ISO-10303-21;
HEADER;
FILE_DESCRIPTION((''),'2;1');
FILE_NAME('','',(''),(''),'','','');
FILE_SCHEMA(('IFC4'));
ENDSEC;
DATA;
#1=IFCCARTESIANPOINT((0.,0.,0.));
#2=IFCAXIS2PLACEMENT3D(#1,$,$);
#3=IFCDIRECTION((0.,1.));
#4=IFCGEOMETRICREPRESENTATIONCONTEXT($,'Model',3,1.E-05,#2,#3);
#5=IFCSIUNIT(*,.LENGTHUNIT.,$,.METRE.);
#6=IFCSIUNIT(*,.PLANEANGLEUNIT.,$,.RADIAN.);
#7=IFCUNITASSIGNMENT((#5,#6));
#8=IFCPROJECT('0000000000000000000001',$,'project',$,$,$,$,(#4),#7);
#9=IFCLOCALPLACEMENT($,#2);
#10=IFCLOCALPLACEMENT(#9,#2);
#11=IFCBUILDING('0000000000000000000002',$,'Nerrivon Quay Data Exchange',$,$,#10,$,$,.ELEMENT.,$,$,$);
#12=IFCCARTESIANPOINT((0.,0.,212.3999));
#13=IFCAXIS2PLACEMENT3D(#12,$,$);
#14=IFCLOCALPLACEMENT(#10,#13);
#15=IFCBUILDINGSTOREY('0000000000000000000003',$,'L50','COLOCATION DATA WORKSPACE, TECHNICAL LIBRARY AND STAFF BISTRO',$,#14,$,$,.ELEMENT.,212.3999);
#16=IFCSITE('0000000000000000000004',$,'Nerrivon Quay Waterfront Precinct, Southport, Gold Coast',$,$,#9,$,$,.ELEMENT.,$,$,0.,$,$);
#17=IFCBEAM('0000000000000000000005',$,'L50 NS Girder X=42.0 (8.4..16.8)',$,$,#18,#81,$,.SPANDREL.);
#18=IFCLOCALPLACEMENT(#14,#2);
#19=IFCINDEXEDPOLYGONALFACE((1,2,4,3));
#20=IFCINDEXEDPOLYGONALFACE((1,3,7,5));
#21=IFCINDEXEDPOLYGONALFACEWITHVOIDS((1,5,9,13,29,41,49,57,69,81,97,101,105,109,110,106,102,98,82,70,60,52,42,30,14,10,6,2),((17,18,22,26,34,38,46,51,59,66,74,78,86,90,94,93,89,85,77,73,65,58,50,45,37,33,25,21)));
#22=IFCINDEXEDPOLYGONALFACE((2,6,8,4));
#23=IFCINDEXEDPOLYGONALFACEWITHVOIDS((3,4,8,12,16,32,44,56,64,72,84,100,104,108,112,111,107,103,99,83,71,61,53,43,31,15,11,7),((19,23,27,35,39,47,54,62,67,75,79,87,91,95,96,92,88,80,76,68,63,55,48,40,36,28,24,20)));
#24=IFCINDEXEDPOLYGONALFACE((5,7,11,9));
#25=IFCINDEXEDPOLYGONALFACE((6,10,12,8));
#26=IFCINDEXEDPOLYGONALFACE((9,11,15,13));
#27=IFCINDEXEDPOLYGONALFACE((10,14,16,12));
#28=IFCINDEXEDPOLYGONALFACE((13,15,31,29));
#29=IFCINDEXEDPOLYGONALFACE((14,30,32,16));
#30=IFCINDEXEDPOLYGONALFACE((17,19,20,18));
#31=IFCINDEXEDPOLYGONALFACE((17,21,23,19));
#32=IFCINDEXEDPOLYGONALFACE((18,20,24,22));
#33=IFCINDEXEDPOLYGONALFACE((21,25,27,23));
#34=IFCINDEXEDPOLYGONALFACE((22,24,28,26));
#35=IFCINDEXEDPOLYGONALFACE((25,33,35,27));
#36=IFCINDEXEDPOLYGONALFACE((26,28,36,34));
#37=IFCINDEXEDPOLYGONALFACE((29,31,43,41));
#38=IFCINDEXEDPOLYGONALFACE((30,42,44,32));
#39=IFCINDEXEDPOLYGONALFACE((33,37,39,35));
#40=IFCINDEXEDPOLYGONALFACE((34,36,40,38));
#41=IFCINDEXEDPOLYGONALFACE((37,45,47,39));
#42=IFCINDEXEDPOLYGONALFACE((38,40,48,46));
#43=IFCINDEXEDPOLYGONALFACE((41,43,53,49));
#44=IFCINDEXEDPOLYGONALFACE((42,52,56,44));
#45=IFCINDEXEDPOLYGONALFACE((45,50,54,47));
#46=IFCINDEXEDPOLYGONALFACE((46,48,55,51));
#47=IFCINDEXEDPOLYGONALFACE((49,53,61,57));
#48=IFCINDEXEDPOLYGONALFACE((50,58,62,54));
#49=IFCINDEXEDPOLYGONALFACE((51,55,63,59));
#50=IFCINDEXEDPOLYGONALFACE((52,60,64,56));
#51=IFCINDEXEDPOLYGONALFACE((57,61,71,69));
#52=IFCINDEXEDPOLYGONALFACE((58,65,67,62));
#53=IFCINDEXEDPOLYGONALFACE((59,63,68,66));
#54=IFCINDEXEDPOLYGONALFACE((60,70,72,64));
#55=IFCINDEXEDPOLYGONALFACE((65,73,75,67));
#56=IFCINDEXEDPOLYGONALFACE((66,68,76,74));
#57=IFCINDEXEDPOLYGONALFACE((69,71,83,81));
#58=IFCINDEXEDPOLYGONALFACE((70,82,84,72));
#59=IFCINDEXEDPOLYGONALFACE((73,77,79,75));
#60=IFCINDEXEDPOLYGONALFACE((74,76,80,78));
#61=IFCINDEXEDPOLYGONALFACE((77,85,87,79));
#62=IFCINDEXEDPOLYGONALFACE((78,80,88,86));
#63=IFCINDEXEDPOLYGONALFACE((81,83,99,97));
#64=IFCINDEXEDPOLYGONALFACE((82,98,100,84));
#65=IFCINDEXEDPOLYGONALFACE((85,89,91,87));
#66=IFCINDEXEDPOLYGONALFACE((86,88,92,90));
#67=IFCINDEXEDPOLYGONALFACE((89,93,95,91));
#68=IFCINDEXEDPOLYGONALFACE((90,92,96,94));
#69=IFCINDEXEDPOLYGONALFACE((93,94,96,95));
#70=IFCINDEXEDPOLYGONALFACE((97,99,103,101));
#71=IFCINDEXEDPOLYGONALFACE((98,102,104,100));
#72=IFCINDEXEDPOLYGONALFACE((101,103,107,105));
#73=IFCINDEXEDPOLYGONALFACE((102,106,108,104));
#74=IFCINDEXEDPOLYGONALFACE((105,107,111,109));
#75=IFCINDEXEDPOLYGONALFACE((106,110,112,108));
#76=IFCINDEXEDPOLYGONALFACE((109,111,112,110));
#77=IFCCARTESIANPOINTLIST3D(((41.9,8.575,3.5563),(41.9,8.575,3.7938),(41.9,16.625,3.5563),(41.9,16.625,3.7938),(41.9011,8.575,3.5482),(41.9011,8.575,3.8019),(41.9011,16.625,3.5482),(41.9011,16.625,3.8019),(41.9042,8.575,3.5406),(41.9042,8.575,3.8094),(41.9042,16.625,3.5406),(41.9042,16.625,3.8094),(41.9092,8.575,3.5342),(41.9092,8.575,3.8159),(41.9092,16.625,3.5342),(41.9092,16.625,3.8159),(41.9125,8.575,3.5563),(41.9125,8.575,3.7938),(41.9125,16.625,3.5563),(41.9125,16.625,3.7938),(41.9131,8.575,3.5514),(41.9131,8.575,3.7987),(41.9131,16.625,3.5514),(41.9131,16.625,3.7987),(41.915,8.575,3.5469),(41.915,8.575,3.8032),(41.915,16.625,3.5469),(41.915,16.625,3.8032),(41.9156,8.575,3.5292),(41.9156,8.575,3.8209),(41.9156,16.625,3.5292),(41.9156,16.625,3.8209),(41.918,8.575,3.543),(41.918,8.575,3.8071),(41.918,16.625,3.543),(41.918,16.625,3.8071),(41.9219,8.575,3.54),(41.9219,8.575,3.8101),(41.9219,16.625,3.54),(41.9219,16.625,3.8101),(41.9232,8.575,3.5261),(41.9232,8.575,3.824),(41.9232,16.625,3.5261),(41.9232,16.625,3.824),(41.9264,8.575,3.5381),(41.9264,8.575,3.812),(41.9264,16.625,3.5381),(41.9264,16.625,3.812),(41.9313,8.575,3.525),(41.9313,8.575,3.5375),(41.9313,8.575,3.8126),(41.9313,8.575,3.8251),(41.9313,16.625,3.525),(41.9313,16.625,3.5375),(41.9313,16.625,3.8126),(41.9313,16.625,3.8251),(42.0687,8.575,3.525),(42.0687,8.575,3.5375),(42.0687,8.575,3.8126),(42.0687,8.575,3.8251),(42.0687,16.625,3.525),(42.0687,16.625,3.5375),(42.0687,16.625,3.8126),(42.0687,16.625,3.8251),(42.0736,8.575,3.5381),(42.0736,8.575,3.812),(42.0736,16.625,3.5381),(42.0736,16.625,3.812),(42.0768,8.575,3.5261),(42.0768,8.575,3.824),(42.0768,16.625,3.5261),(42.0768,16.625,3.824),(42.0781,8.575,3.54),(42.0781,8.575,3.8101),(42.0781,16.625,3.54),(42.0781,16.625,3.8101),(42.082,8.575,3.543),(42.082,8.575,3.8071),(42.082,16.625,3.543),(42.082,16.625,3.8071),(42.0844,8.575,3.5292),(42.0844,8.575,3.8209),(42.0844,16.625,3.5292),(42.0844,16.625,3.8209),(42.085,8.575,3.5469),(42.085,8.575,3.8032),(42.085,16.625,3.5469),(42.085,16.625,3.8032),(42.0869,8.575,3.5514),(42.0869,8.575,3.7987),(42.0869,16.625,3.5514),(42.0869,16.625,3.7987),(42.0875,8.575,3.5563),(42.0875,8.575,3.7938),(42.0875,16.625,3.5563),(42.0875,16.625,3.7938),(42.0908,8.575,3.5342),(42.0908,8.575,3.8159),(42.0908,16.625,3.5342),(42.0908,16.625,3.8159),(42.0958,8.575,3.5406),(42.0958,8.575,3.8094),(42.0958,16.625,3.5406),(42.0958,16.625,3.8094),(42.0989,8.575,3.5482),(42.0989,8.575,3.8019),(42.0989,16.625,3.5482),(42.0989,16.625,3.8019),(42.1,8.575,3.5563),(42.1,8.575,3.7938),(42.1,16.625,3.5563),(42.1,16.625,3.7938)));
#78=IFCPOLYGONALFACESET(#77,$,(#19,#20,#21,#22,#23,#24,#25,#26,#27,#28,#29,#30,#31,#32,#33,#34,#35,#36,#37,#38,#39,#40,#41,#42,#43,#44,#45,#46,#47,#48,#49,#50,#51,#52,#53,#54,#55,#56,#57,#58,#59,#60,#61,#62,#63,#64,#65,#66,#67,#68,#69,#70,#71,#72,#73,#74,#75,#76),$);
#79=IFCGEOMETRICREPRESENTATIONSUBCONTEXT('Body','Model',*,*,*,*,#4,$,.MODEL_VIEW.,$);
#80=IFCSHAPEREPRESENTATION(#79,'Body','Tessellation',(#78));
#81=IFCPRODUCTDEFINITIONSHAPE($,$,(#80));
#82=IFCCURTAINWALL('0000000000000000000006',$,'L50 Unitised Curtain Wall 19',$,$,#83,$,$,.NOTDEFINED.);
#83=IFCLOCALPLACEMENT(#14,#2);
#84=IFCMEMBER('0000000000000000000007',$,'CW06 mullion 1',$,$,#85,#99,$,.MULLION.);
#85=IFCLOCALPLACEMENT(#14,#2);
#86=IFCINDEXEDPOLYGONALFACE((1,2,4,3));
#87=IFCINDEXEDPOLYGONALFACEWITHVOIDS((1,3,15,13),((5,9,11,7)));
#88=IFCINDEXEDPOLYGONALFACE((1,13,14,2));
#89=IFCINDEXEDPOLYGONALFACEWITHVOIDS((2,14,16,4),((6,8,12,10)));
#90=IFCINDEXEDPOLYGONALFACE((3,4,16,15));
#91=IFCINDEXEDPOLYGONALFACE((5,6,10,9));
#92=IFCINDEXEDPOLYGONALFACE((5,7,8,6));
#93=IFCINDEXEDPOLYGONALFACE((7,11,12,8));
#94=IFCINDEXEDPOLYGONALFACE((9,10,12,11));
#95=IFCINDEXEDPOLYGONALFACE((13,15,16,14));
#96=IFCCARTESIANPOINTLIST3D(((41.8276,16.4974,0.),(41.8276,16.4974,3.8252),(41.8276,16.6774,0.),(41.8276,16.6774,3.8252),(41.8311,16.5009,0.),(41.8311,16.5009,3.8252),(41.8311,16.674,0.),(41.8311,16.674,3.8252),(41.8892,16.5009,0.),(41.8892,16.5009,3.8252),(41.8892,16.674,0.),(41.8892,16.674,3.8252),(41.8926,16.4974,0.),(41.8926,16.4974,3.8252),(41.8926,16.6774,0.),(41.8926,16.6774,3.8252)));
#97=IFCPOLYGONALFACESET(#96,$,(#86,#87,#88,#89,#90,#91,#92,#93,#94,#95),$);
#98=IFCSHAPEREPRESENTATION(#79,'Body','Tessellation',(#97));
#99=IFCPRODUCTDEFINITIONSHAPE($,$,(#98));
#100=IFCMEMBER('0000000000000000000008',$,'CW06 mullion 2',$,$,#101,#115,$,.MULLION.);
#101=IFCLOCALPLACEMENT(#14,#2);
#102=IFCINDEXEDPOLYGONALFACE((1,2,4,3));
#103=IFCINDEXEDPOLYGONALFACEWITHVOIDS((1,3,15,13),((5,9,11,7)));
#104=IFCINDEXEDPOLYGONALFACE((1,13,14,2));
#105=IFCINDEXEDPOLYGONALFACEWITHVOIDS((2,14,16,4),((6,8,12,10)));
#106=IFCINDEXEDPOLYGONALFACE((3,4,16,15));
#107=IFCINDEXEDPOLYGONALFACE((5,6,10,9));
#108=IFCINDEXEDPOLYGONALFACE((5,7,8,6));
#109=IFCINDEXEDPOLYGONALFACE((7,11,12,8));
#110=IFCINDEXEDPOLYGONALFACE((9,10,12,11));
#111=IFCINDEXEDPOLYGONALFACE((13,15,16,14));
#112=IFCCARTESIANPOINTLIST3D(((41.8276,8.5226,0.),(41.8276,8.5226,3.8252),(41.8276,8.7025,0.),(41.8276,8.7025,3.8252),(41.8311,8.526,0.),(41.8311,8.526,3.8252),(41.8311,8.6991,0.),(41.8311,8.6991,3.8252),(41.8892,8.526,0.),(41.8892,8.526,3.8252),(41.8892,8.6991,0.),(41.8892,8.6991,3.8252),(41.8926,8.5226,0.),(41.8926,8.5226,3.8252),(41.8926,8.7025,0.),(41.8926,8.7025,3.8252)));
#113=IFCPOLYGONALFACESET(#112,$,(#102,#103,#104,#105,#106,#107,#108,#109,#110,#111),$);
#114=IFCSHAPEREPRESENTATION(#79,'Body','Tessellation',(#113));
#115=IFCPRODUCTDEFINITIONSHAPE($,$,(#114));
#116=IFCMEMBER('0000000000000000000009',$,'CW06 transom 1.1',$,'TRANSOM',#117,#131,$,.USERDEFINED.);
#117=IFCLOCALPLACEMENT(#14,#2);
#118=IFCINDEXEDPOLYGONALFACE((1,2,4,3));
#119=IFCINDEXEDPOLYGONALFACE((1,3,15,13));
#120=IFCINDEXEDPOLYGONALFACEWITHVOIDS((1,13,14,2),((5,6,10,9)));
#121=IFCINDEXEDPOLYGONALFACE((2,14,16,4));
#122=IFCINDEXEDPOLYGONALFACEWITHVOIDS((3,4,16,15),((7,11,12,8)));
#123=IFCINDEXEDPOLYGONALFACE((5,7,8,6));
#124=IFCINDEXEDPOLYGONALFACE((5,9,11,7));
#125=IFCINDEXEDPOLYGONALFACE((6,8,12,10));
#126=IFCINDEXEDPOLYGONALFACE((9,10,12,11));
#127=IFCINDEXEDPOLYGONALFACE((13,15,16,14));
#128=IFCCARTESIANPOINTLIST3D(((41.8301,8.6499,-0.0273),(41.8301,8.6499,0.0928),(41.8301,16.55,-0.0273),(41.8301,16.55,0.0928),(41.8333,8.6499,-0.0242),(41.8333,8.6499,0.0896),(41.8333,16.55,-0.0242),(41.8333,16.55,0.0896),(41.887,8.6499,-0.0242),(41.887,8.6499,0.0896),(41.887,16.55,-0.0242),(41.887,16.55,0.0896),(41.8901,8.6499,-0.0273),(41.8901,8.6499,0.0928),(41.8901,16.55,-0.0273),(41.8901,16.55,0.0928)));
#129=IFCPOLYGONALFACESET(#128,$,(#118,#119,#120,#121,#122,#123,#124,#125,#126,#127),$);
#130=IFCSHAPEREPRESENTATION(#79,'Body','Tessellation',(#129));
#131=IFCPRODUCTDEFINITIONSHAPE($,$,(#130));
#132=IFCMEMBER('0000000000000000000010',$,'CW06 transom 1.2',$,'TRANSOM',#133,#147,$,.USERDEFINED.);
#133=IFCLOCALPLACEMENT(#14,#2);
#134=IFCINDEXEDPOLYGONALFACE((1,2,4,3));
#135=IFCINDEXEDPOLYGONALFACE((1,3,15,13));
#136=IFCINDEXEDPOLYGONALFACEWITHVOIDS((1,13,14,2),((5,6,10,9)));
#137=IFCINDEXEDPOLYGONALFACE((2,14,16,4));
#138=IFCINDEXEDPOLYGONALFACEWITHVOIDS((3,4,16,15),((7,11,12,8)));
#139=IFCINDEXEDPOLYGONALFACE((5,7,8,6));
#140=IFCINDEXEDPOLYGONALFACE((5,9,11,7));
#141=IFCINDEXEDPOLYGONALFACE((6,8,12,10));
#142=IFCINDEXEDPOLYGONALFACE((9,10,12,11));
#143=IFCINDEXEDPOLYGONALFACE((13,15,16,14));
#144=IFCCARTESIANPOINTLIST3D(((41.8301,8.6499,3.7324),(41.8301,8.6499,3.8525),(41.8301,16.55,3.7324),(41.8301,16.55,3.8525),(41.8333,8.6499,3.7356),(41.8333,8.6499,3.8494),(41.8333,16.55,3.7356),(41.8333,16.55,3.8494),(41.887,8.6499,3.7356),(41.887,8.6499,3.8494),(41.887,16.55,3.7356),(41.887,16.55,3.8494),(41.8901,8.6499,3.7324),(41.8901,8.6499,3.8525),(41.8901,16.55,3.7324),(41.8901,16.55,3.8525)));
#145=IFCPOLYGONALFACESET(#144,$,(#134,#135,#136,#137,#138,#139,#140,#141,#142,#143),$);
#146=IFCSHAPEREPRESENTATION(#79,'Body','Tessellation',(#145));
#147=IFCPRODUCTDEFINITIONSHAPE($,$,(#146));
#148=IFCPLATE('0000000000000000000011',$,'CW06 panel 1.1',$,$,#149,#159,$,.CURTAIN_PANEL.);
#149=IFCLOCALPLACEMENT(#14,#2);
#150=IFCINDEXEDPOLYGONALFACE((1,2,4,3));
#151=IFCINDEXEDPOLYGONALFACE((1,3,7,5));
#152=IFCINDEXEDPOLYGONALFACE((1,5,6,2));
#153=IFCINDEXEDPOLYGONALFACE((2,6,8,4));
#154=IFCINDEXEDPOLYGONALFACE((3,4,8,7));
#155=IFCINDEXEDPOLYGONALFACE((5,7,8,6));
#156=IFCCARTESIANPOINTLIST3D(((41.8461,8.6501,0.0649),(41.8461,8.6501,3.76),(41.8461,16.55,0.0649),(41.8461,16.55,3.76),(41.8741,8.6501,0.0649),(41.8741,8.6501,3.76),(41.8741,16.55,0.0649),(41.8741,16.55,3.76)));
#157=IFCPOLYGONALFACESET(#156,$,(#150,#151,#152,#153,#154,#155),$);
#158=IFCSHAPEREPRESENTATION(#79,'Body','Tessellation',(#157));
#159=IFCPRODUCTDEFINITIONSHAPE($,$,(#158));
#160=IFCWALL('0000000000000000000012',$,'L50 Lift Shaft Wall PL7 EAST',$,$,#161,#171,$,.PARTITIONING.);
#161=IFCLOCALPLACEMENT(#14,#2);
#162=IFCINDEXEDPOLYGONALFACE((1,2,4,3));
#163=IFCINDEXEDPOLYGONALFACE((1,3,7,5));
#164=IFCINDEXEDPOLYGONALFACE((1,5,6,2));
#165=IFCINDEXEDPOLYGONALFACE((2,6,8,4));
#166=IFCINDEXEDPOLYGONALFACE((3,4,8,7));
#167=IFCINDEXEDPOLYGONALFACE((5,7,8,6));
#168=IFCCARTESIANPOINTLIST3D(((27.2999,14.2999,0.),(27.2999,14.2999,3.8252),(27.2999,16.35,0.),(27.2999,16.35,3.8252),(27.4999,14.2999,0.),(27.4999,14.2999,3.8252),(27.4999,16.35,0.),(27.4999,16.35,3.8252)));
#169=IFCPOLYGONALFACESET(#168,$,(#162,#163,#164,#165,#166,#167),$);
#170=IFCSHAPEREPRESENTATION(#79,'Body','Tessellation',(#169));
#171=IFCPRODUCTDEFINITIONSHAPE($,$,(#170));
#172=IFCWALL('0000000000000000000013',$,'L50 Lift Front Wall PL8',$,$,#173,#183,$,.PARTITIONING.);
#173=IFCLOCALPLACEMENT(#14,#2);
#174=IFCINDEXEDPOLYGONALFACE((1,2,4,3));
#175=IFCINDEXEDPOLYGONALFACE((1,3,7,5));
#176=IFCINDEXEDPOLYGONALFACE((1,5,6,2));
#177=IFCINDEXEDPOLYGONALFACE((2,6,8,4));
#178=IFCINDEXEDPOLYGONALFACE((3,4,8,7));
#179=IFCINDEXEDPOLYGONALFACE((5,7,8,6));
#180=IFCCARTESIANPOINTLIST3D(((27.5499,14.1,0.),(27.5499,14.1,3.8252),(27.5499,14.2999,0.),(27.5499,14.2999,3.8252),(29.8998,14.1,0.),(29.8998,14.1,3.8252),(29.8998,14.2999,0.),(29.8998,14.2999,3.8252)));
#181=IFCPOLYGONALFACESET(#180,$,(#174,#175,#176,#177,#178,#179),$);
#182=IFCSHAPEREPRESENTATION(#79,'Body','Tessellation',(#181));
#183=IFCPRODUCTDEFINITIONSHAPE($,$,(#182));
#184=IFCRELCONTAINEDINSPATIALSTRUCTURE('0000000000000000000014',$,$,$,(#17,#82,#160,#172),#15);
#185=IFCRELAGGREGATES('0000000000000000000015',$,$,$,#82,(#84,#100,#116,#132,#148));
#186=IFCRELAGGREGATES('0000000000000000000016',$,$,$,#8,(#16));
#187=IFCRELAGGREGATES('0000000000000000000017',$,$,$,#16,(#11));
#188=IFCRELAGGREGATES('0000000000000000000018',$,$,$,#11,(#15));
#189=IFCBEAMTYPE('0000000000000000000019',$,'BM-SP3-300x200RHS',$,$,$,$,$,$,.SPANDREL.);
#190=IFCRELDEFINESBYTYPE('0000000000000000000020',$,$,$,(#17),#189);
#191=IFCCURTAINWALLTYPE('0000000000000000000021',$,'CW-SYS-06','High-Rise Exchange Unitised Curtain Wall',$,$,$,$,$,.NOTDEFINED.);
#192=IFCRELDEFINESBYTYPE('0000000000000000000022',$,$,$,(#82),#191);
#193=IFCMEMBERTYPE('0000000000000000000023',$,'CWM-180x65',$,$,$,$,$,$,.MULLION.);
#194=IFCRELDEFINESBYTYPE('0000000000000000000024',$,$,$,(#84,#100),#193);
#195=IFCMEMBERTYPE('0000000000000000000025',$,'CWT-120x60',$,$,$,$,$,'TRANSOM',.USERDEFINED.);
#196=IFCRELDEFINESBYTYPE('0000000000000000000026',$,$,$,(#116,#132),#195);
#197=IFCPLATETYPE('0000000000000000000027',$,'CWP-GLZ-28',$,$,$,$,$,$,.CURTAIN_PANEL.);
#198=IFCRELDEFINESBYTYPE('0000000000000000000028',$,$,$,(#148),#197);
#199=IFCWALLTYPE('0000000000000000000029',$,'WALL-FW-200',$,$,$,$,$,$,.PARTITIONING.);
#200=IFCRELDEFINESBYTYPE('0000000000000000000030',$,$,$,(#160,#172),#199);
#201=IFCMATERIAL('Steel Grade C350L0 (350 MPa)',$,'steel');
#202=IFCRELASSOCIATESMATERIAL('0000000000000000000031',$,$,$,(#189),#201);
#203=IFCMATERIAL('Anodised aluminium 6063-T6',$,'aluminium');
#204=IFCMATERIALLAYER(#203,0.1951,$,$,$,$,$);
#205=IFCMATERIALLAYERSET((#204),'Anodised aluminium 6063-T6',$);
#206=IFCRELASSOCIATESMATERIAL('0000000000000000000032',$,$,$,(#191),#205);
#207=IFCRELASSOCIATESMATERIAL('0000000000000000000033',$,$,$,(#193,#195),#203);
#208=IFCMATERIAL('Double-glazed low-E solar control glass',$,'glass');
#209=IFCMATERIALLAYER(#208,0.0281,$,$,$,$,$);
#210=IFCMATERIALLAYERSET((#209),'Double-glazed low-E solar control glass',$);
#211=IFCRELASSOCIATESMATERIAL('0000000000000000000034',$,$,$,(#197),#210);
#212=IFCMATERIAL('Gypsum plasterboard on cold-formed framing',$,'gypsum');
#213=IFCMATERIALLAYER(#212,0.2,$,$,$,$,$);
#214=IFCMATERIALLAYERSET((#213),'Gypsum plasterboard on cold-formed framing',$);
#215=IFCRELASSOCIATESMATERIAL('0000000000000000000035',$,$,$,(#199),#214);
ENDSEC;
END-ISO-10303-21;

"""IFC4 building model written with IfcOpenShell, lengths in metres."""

from ifc_helpers import new_model, si_unit, direction, frame, frame_2d, origin, origin_2d, place, context, subcontext, project, spatial, rectangle, hollow_rectangle, extrude, material, layer, layer_set, material_profile, profile_set, type_object, element, aggregate, save


model = new_model("IFC4")

# Units and contexts
model_context = context("Model", 3, precision=1e-05, world=origin(), true_north=direction((0.0, 1.0)))
body_context = subcontext(model_context, "Body", "Model", "MODEL_VIEW")
ifc_project = project(units=[si_unit("LENGTHUNIT", "METRE"), si_unit("PLANEANGLEUNIT", "RADIAN")], contexts=[model_context])

# Site, building, storey
site_placement = place(None, origin())
site = spatial("IfcSite", under=ifc_project, at=site_placement, Name="Nerrivon Quay Waterfront Precinct, Southport, Gold Coast", CompositionType="ELEMENT", RefElevation=0.0)
building_placement = place(site_placement, origin())
building = spatial("IfcBuilding", under=site, at=building_placement, Name="Nerrivon Quay Data Exchange", CompositionType="ELEMENT")
storey_placement = place(building_placement, frame((0.0, 0.0, 212.3999)))
storey = spatial("IfcBuildingStorey", under=building, at=storey_placement, Name="L50", Description="COLOCATION DATA WORKSPACE, TECHNICAL LIBRARY AND STAFF BISTRO", CompositionType="ELEMENT", Elevation=212.3999)

# Beam
ifc_material_1 = material(Name="Steel Grade C350L0 (350 MPa)", Category="steel")
ifc_material_profile_1 = material_profile(ifc_material_1, hollow_rectangle(XDim=0.2, YDim=0.3, WallThickness=0.0125, InnerFilletRadius=0.0188, OuterFilletRadius=0.0312, at=origin_2d()), Name="300x200x12.5RHS")
ifc_profile_set_1 = profile_set([ifc_material_profile_1], Name="Steel Grade C350L0 (350 MPa)")
beam_type_1 = type_object("IfcBeamType", Name="BM-SP3-300x200RHS", PredefinedType="SPANDREL", material=ifc_profile_set_1)
beam_1_placement = place(storey_placement, frame((42.0, 8.575, 3.675), z_axis=(0.0, 1.0, 0.0), x_axis=(-1.0, 0.0, 0.0)))
element("IfcBeam", 1, at=beam_1_placement, inside=storey, type_object=beam_type_1, Name="L50 NS Girder X=42.0 (8.4..16.8)", PredefinedType="SPANDREL", context=body_context, shape_type="SweptSolid", body=[
    extrude(hollow_rectangle(XDim=0.2, YDim=0.3, WallThickness=0.0125, InnerFilletRadius=0.0188, OuterFilletRadius=0.0312, at=origin_2d()), origin(), (0.0, 0.0, 1.0), 8.05),
])

# Curtain wall, members, plate
ifc_material_2 = material(Name="Anodised aluminium 6063-T6", Category="aluminium")
ifc_layer_1 = layer(ifc_material_2, 0.1951)
ifc_layer_set_1 = layer_set([ifc_layer_1], Name="Anodised aluminium 6063-T6")
curtain_wall_type = type_object("IfcCurtainWallType", Name="CW-SYS-06", Description="High-Rise Exchange Unitised Curtain Wall", PredefinedType="NOTDEFINED", material=ifc_layer_set_1)
curtain_wall_placement = place(storey_placement, origin())
curtain_wall = element("IfcCurtainWall", 2, at=curtain_wall_placement, inside=storey, type_object=curtain_wall_type, Name="L50 Unitised Curtain Wall 19", PredefinedType="NOTDEFINED")
ifc_material_profile_2 = material_profile(ifc_material_2, hollow_rectangle(XDim=0.0649, YDim=0.1799, WallThickness=0.0034, at=origin_2d()), Name="ALU-MULL-180x65")
ifc_profile_set_2 = profile_set([ifc_material_profile_2], Name="Anodised aluminium 6063-T6")
member_type_1 = type_object("IfcMemberType", Name="CWM-180x65", PredefinedType="MULLION", material=ifc_profile_set_2)
member_1_placement = place(storey_placement, frame((41.8601, 16.5874, 0.0), z_axis=(0.0, 0.0, 1.0), x_axis=(1.0, 0.0, 0.0)))
member_1 = element("IfcMember", 3, at=member_1_placement, type_object=member_type_1, Name="CW06 mullion 1", PredefinedType="MULLION", context=body_context, shape_type="SweptSolid", body=[
    extrude(hollow_rectangle(XDim=0.0649, YDim=0.1799, WallThickness=0.0034, at=origin_2d()), origin(), (0.0, 0.0, 1.0), 3.8252),
])
member_2_placement = place(storey_placement, frame((41.8601, 8.6125, 0.0), z_axis=(0.0, 0.0, 1.0), x_axis=(1.0, 0.0, 0.0)))
member_2 = element("IfcMember", 4, at=member_2_placement, type_object=member_type_1, Name="CW06 mullion 2", PredefinedType="MULLION", context=body_context, shape_type="SweptSolid", body=[
    extrude(hollow_rectangle(XDim=0.0649, YDim=0.1799, WallThickness=0.0034, at=origin_2d()), origin(), (0.0, 0.0, 1.0), 3.8252),
])
ifc_material_profile_3 = material_profile(ifc_material_2, hollow_rectangle(XDim=0.0601, YDim=0.1201, WallThickness=0.0032, at=origin_2d()), Name="ALU-TRAN-120x60")
ifc_profile_set_3 = profile_set([ifc_material_profile_3], Name="Anodised aluminium 6063-T6")
member_type_2 = type_object("IfcMemberType", Name="CWT-120x60", ElementType="TRANSOM", PredefinedType="USERDEFINED", material=ifc_profile_set_3)
member_3_placement = place(storey_placement, frame((41.8601, 16.55, 0.0327), z_axis=(0.0, -1.0, 0.0), x_axis=(1.0, 0.0, 0.0)))
member_3 = element("IfcMember", 5, at=member_3_placement, type_object=member_type_2, Name="CW06 transom 1.1", ObjectType="TRANSOM", PredefinedType="USERDEFINED", context=body_context, shape_type="SweptSolid", body=[
    extrude(hollow_rectangle(XDim=0.0601, YDim=0.1201, WallThickness=0.0032, at=origin_2d()), origin(), (0.0, 0.0, 1.0), 7.9001),
])
member_4_placement = place(storey_placement, frame((41.8601, 16.55, 3.7925), z_axis=(0.0, -1.0, 0.0), x_axis=(1.0, 0.0, 0.0)))
member_4 = element("IfcMember", 6, at=member_4_placement, type_object=member_type_2, Name="CW06 transom 1.2", ObjectType="TRANSOM", PredefinedType="USERDEFINED", context=body_context, shape_type="SweptSolid", body=[
    extrude(hollow_rectangle(XDim=0.0601, YDim=0.1201, WallThickness=0.0032, at=origin_2d()), origin(), (0.0, 0.0, 1.0), 7.9001),
])
ifc_material_3 = material(Name="Double-glazed low-E solar control glass", Category="glass")
ifc_layer_2 = layer(ifc_material_3, 0.0281)
ifc_layer_set_2 = layer_set([ifc_layer_2], Name="Double-glazed low-E solar control glass")
plate_type = type_object("IfcPlateType", Name="CWP-GLZ-28", PredefinedType="CURTAIN_PANEL", material=ifc_layer_set_2)
plate_placement = place(storey_placement, frame((41.8601, 12.6001, 0.0649), z_axis=(0.0, 0.0, 1.0), x_axis=(0.0, -1.0, 0.0)))
plate = element("IfcPlate", 7, at=plate_placement, type_object=plate_type, Name="CW06 panel 1.1", PredefinedType="CURTAIN_PANEL", context=body_context, shape_type="SweptSolid", body=[
    extrude(rectangle(XDim=7.8999, YDim=0.0281, at=origin_2d()), origin(), (0.0, 0.0, 1.0), 3.6951),
])
aggregate(curtain_wall, [member_1, member_2, member_3, member_4, plate])

# Walls
ifc_material_4 = material(Name="Gypsum plasterboard on cold-formed framing", Category="gypsum")
ifc_layer_3 = layer(ifc_material_4, 0.2)
ifc_layer_set_3 = layer_set([ifc_layer_3], Name="Gypsum plasterboard on cold-formed framing")
wall_type_1 = type_object("IfcWallType", Name="WALL-FW-200", PredefinedType="PARTITIONING", material=ifc_layer_set_3)
wall_1_placement = place(storey_placement, frame((27.3999, 14.3, 0.0), z_axis=(0.0, 0.0, 1.0), x_axis=(0.0, 1.0, 0.0)))
element("IfcWall", 8, at=wall_1_placement, inside=storey, type_object=wall_type_1, Name="L50 Lift Shaft Wall PL7 EAST", PredefinedType="PARTITIONING", context=body_context, shape_type="SweptSolid", body=[
    extrude(rectangle(XDim=2.05, YDim=0.2, at=frame_2d((1.0249, 0.0))), origin(), (0.0, 0.0, 1.0), 3.8252),
])
wall_2_placement = place(storey_placement, frame((27.55, 14.2, 0.0), z_axis=(0.0, 0.0, 1.0), x_axis=(1.0, 0.0, 0.0)))
element("IfcWall", 9, at=wall_2_placement, inside=storey, type_object=wall_type_1, Name="L50 Lift Front Wall PL8", PredefinedType="PARTITIONING", context=body_context, shape_type="SweptSolid", body=[
    extrude(rectangle(XDim=2.3499, YDim=0.2, at=frame_2d((1.1748, 0.0))), origin(), (0.0, 0.0, 1.0), 3.8252),
])

save(model, "model.ifc")
